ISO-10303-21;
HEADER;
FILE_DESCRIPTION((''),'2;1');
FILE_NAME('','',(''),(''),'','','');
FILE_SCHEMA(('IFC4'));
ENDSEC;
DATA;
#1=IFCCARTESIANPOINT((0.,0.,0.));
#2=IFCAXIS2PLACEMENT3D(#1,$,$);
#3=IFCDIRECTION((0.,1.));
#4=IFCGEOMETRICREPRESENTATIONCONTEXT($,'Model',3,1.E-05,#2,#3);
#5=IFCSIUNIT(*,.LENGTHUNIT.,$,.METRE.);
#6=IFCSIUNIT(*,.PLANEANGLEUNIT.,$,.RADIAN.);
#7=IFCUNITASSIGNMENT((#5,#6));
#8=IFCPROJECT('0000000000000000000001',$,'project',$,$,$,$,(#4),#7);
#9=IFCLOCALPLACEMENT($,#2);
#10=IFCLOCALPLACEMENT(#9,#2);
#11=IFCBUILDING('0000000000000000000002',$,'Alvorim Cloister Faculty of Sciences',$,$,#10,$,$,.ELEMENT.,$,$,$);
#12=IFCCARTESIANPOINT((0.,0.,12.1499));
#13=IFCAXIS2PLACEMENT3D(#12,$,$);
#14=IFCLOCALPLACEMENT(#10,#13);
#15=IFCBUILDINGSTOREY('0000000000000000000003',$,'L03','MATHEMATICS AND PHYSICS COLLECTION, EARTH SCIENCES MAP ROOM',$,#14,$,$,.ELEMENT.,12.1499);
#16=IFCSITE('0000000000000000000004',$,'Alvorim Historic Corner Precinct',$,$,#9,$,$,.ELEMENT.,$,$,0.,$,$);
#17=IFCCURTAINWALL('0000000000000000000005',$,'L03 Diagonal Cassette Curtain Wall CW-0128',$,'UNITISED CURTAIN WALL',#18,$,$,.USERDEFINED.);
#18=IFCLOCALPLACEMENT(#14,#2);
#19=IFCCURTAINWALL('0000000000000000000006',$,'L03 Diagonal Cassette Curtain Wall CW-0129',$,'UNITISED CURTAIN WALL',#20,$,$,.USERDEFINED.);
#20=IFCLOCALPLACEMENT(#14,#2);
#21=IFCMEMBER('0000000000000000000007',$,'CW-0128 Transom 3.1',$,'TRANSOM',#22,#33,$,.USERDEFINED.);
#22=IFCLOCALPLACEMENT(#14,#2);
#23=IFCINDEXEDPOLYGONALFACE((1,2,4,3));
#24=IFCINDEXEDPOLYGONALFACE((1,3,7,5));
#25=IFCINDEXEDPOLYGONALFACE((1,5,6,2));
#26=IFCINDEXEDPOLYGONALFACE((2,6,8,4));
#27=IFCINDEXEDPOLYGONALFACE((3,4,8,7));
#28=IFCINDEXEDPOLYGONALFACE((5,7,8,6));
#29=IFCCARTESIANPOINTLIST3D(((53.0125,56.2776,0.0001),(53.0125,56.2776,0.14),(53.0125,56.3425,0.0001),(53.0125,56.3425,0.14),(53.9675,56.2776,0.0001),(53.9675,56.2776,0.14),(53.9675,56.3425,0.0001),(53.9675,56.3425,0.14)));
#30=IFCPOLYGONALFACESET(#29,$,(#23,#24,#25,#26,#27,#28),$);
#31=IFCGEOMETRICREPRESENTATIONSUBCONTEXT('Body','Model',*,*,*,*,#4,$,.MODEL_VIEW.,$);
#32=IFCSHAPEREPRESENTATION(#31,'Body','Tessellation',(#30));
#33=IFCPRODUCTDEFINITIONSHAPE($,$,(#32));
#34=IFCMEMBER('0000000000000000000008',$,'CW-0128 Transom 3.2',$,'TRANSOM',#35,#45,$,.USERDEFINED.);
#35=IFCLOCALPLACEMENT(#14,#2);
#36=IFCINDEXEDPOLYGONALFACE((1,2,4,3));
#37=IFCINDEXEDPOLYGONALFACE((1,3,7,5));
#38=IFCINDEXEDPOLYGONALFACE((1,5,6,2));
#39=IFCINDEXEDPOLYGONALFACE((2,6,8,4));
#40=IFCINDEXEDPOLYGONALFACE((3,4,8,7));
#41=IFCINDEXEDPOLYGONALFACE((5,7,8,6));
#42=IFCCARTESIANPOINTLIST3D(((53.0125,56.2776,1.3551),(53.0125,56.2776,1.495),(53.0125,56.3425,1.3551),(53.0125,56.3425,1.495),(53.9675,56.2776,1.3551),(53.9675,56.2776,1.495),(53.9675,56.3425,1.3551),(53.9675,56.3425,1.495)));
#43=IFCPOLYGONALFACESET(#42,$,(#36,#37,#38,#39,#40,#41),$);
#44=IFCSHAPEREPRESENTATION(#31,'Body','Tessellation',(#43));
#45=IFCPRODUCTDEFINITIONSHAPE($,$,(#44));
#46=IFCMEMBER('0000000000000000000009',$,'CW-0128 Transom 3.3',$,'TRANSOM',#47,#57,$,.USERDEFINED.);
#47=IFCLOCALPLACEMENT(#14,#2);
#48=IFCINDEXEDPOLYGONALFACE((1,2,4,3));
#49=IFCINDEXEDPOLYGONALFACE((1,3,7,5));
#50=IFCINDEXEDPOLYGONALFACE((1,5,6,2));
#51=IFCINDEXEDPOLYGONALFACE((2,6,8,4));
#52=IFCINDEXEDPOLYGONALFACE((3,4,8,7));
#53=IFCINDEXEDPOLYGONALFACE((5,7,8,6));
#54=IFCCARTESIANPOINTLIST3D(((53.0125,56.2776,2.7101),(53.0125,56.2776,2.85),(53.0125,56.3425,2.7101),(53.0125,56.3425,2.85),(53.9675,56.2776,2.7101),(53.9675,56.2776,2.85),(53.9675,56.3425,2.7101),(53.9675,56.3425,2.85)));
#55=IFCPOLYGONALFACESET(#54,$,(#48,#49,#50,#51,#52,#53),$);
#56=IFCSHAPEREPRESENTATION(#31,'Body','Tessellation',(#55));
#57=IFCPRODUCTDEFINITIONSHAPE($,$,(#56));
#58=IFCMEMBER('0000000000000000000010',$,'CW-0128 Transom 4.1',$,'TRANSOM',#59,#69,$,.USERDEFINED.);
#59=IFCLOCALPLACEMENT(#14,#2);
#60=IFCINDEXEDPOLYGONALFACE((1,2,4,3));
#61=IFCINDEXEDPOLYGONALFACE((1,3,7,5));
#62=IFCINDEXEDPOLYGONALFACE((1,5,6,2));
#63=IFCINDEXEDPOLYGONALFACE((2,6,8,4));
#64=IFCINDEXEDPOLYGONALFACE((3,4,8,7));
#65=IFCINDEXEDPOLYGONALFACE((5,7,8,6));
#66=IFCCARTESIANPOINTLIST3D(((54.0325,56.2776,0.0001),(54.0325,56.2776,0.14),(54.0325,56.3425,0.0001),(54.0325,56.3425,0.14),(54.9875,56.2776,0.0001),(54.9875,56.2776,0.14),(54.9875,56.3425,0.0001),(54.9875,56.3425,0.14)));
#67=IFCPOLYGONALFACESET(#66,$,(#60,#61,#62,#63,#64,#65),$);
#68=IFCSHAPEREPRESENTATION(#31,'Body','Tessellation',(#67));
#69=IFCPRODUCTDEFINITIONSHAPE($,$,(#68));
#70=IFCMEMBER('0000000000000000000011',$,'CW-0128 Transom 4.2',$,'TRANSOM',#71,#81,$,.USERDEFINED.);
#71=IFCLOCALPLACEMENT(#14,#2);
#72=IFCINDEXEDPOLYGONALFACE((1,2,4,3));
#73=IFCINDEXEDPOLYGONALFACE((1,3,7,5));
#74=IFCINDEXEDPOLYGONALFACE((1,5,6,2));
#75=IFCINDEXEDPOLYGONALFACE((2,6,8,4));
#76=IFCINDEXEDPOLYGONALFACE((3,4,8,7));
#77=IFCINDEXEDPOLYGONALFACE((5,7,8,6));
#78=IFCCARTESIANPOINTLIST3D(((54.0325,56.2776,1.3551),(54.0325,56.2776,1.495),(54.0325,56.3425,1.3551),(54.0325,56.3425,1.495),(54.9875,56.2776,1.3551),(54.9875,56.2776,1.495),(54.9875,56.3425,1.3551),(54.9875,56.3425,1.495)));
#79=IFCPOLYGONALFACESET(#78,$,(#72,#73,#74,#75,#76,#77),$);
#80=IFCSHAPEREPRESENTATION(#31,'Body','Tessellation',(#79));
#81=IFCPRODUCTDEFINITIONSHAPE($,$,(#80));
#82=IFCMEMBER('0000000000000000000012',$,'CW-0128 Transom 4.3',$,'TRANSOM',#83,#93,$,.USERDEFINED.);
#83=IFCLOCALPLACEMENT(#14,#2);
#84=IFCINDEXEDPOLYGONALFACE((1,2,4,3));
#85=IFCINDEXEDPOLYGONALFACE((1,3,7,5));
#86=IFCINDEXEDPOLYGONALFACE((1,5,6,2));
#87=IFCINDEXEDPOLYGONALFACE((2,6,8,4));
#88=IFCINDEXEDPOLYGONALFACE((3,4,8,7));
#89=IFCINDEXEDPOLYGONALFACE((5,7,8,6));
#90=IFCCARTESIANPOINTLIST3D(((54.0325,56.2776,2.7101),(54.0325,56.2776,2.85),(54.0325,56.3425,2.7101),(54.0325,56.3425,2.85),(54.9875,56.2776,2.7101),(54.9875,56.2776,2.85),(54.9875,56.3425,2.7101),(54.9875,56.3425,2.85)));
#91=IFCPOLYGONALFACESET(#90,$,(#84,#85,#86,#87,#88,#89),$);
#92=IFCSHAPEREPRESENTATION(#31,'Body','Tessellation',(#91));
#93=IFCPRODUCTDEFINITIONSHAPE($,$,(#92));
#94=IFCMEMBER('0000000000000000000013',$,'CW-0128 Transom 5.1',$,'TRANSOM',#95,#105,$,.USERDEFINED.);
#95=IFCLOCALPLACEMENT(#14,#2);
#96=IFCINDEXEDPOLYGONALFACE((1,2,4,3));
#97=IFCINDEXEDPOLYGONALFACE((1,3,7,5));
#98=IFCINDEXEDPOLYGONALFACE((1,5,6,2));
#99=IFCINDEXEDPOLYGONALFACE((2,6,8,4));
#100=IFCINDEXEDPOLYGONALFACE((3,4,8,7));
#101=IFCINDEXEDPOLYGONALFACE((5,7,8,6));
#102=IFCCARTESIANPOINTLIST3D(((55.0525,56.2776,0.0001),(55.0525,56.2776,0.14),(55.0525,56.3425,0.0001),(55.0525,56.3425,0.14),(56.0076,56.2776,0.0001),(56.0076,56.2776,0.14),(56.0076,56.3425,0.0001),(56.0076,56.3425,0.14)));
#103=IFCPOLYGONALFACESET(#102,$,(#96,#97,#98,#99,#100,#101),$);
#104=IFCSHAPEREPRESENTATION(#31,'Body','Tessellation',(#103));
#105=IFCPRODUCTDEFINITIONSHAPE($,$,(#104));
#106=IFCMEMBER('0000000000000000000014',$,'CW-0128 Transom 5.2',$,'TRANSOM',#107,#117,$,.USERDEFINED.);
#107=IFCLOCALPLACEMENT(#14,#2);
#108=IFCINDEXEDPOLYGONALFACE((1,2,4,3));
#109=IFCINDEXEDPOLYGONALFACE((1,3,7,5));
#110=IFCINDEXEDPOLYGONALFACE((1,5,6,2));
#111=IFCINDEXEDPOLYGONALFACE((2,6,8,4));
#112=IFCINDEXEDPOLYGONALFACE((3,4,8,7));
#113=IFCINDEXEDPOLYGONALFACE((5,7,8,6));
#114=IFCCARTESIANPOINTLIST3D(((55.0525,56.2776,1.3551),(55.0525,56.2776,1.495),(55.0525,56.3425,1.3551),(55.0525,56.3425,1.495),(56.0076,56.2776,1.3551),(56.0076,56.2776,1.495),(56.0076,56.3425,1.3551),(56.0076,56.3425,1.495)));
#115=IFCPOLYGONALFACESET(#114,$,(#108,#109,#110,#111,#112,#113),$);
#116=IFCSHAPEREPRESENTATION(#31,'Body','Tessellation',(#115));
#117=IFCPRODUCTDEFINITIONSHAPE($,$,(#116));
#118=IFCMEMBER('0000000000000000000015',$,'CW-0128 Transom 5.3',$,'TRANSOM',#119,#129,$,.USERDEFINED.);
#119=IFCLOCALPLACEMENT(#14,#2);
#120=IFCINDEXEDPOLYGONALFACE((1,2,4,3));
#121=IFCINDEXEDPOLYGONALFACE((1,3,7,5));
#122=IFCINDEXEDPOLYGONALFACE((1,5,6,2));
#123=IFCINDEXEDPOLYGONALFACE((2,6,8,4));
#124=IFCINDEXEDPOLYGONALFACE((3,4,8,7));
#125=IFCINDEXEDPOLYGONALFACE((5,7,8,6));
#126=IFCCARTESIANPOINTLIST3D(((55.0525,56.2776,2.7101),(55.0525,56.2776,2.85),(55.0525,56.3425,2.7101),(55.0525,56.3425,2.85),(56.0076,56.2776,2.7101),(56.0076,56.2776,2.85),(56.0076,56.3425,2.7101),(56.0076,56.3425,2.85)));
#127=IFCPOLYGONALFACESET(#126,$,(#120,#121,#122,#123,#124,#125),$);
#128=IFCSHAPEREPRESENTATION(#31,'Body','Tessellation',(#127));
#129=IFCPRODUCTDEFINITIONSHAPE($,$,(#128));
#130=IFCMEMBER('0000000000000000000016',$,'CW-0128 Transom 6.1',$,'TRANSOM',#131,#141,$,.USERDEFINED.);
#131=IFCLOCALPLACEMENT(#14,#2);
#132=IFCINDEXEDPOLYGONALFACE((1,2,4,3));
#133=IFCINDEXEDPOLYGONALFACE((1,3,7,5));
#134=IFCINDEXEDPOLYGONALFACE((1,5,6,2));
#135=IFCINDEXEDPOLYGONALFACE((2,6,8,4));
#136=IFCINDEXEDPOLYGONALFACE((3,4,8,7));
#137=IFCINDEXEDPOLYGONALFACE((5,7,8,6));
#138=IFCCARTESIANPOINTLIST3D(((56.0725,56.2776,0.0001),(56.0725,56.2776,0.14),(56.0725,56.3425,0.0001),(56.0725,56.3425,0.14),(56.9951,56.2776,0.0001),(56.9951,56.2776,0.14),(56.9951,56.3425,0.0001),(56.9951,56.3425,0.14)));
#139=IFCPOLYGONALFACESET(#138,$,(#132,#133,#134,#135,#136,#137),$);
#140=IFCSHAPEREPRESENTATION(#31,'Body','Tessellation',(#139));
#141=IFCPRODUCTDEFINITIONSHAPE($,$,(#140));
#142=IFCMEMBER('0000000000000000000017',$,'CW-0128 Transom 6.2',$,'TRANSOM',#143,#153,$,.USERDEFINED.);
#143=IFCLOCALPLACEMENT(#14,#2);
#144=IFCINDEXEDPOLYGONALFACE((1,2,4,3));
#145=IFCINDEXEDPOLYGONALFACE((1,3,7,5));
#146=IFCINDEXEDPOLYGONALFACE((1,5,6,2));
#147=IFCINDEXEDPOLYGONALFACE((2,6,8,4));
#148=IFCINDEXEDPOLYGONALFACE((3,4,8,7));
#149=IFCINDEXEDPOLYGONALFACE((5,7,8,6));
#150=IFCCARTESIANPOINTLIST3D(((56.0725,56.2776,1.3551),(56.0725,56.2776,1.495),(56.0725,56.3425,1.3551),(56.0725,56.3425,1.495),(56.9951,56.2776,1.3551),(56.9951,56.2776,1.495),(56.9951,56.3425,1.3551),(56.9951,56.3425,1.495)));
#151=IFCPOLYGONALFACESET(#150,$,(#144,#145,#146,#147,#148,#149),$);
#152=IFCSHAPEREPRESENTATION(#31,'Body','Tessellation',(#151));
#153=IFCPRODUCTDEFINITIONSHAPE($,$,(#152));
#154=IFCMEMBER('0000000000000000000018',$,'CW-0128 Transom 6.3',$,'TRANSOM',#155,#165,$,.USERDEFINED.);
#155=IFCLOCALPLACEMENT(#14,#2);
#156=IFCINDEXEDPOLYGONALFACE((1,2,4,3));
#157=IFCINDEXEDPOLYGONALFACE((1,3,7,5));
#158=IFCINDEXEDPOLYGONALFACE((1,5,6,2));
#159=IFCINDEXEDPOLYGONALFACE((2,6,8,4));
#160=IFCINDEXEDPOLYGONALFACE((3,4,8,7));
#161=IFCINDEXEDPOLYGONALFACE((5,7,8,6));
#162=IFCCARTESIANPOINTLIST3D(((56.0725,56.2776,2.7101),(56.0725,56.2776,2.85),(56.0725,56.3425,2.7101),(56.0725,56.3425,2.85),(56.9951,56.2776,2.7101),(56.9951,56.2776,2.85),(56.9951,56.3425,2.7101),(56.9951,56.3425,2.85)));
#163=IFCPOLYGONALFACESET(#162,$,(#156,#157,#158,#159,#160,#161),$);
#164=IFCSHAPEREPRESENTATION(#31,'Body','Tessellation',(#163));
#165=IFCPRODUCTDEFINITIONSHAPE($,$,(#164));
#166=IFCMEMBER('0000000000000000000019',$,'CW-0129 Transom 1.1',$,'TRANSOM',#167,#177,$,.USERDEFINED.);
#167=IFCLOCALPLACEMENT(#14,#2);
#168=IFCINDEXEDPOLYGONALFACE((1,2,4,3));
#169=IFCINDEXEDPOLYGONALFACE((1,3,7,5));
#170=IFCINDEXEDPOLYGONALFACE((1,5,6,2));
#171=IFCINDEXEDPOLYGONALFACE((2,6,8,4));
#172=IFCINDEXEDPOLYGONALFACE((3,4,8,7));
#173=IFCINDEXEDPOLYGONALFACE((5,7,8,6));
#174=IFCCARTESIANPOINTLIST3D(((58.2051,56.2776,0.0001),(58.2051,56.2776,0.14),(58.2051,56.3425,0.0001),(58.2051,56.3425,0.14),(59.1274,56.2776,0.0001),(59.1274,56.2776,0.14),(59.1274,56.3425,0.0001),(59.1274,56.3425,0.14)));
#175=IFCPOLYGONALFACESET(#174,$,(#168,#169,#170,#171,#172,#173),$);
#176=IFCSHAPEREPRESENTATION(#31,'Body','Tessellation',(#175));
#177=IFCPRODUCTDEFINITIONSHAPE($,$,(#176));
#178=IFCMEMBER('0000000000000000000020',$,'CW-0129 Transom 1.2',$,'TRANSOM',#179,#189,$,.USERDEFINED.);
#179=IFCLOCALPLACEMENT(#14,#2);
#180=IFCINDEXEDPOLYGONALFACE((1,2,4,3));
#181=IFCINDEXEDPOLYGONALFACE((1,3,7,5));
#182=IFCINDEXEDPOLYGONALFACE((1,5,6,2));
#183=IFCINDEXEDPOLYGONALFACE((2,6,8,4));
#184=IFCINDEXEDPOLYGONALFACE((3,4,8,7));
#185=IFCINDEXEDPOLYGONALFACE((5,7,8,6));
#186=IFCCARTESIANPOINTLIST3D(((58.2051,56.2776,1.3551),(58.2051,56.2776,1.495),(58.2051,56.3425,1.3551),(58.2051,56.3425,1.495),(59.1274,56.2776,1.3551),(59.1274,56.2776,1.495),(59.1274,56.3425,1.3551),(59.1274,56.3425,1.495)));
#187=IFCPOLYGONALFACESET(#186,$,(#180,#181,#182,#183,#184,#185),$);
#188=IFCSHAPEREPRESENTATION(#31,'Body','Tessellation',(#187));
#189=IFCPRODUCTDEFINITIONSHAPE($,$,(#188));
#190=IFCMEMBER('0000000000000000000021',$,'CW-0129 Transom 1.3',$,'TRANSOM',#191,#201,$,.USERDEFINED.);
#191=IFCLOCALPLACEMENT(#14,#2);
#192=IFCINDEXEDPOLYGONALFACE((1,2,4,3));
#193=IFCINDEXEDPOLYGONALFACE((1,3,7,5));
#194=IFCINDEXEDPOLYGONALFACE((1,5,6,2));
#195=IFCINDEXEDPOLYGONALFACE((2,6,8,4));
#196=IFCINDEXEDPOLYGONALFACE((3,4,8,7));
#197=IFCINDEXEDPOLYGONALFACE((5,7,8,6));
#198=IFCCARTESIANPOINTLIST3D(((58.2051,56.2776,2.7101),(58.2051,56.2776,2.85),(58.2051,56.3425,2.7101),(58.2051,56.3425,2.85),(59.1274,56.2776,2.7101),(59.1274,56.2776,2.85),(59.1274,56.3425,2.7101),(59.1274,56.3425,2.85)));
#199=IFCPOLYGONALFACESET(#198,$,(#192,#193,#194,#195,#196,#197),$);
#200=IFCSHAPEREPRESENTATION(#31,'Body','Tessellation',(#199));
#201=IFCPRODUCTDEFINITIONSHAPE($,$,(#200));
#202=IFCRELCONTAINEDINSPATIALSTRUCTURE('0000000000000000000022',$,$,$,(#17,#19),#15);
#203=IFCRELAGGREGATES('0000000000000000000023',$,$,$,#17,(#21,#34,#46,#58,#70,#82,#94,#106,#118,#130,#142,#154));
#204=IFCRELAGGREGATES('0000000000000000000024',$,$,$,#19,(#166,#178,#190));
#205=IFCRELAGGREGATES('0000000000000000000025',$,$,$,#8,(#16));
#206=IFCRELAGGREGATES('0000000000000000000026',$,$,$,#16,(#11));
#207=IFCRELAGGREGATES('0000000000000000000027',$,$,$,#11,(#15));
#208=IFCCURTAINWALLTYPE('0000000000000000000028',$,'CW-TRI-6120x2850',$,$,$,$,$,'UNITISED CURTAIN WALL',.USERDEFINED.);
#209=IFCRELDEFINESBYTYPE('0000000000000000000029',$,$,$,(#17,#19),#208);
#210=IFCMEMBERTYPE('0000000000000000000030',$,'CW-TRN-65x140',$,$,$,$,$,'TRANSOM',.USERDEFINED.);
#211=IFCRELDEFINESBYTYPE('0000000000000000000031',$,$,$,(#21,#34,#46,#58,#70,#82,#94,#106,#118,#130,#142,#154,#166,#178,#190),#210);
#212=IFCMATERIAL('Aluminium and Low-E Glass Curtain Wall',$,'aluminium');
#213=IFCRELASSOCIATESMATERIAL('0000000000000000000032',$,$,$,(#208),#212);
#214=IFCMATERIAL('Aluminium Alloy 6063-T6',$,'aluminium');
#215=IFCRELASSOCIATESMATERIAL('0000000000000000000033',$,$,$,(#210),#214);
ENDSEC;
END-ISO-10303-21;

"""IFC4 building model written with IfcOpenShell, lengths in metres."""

from ifc_helpers import new_model, si_unit, direction, frame, origin, origin_2d, place, context, subcontext, project, spatial, rectangle, extrude, material, material_profile, profile_set, type_object, element, aggregate, save


model = new_model("IFC4")

# Units and contexts
model_context = context("Model", 3, precision=1e-05, world=origin(), true_north=direction((0.0, 1.0)))
body_context = subcontext(model_context, "Body", "Model", "MODEL_VIEW")
ifc_project = project(units=[si_unit("LENGTHUNIT", "METRE"), si_unit("PLANEANGLEUNIT", "RADIAN")], contexts=[model_context])

# Site, building, storey
site_placement = place(None, origin())
site = spatial("IfcSite", under=ifc_project, at=site_placement, Name="Alvorim Historic Corner Precinct", CompositionType="ELEMENT", RefElevation=0.0)
building_placement = place(site_placement, origin())
building = spatial("IfcBuilding", under=site, at=building_placement, Name="Alvorim Cloister Faculty of Sciences", CompositionType="ELEMENT")
storey_placement = place(building_placement, frame((0.0, 0.0, 12.1499)))
storey = spatial("IfcBuildingStorey", under=building, at=storey_placement, Name="L03", Description="MATHEMATICS AND PHYSICS COLLECTION, EARTH SCIENCES MAP ROOM", CompositionType="ELEMENT", Elevation=12.1499)

# Curtain walls
ifc_material_1 = material(Name="Aluminium and Low-E Glass Curtain Wall", Category="aluminium")
curtain_wall_type = type_object("IfcCurtainWallType", Name="CW-TRI-6120x2850", ElementType="UNITISED CURTAIN WALL", PredefinedType="USERDEFINED", material=ifc_material_1)
curtain_wall_1_placement = place(storey_placement, origin())
curtain_wall_1 = element("IfcCurtainWall", 1, at=curtain_wall_1_placement, inside=storey, type_object=curtain_wall_type, Name="L03 Diagonal Cassette Curtain Wall CW-0128", ObjectType="UNITISED CURTAIN WALL", PredefinedType="USERDEFINED")
ifc_material_2 = material(Name="Aluminium Alloy 6063-T6", Category="aluminium")
curtain_wall_2_placement = place(storey_placement, origin())
curtain_wall_2 = element("IfcCurtainWall", 2, at=curtain_wall_2_placement, inside=storey, type_object=curtain_wall_type, Name="L03 Diagonal Cassette Curtain Wall CW-0129", ObjectType="UNITISED CURTAIN WALL", PredefinedType="USERDEFINED")

# Members
ifc_material_profile_1 = material_profile(ifc_material_2, rectangle(XDim=0.0649, YDim=0.1399, at=origin_2d()), Name="ALU-TRN-65x140")
ifc_profile_set_1 = profile_set([ifc_material_profile_1], Name="Aluminium Alloy 6063-T6")
member_type_1 = type_object("IfcMemberType", Name="CW-TRN-65x140", ElementType="TRANSOM", PredefinedType="USERDEFINED", material=ifc_profile_set_1)
member_1_placement = place(storey_placement, frame((53.0125, 56.3101, 0.0701), z_axis=(1.0, 0.0, 0.0), x_axis=(0.0, 1.0, 0.0)))
member_1 = element("IfcMember", 3, at=member_1_placement, type_object=member_type_1, Name="CW-0128 Transom 3.1", ObjectType="TRANSOM", PredefinedType="USERDEFINED", context=body_context, shape_type="SweptSolid", body=[
    extrude(rectangle(XDim=0.0649, YDim=0.1399, at=origin_2d()), origin(), (0.0, 0.0, 1.0), 0.9551),
])
member_2_placement = place(storey_placement, frame((53.0125, 56.3101, 1.425), z_axis=(1.0, 0.0, 0.0), x_axis=(0.0, 1.0, 0.0)))
member_2 = element("IfcMember", 4, at=member_2_placement, type_object=member_type_1, Name="CW-0128 Transom 3.2", ObjectType="TRANSOM", PredefinedType="USERDEFINED", context=body_context, shape_type="SweptSolid", body=[
    extrude(rectangle(XDim=0.0649, YDim=0.1399, at=origin_2d()), origin(), (0.0, 0.0, 1.0), 0.9551),
])
member_3_placement = place(storey_placement, frame((53.0125, 56.3101, 2.78), z_axis=(1.0, 0.0, 0.0), x_axis=(0.0, 1.0, 0.0)))
member_3 = element("IfcMember", 5, at=member_3_placement, type_object=member_type_1, Name="CW-0128 Transom 3.3", ObjectType="TRANSOM", PredefinedType="USERDEFINED", context=body_context, shape_type="SweptSolid", body=[
    extrude(rectangle(XDim=0.0649, YDim=0.1399, at=origin_2d()), origin(), (0.0, 0.0, 1.0), 0.9551),
])
member_4_placement = place(storey_placement, frame((54.0325, 56.3101, 0.0701), z_axis=(1.0, 0.0, 0.0), x_axis=(0.0, 1.0, 0.0)))
member_4 = element("IfcMember", 6, at=member_4_placement, type_object=member_type_1, Name="CW-0128 Transom 4.1", ObjectType="TRANSOM", PredefinedType="USERDEFINED", context=body_context, shape_type="SweptSolid", body=[
    extrude(rectangle(XDim=0.0649, YDim=0.1399, at=origin_2d()), origin(), (0.0, 0.0, 1.0), 0.9551),
])
member_5_placement = place(storey_placement, frame((54.0325, 56.3101, 1.425), z_axis=(1.0, 0.0, 0.0), x_axis=(0.0, 1.0, 0.0)))
member_5 = element("IfcMember", 7, at=member_5_placement, type_object=member_type_1, Name="CW-0128 Transom 4.2", ObjectType="TRANSOM", PredefinedType="USERDEFINED", context=body_context, shape_type="SweptSolid", body=[
    extrude(rectangle(XDim=0.0649, YDim=0.1399, at=origin_2d()), origin(), (0.0, 0.0, 1.0), 0.9551),
])
member_6_placement = place(storey_placement, frame((54.0325, 56.3101, 2.78), z_axis=(1.0, 0.0, 0.0), x_axis=(0.0, 1.0, 0.0)))
member_6 = element("IfcMember", 8, at=member_6_placement, type_object=member_type_1, Name="CW-0128 Transom 4.3", ObjectType="TRANSOM", PredefinedType="USERDEFINED", context=body_context, shape_type="SweptSolid", body=[
    extrude(rectangle(XDim=0.0649, YDim=0.1399, at=origin_2d()), origin(), (0.0, 0.0, 1.0), 0.9551),
])
member_7_placement = place(storey_placement, frame((55.0525, 56.3101, 0.0701), z_axis=(1.0, 0.0, 0.0), x_axis=(0.0, 1.0, 0.0)))
member_7 = element("IfcMember", 9, at=member_7_placement, type_object=member_type_1, Name="CW-0128 Transom 5.1", ObjectType="TRANSOM", PredefinedType="USERDEFINED", context=body_context, shape_type="SweptSolid", body=[
    extrude(rectangle(XDim=0.0649, YDim=0.1399, at=origin_2d()), origin(), (0.0, 0.0, 1.0), 0.9551),
])
member_8_placement = place(storey_placement, frame((55.0525, 56.3101, 1.425), z_axis=(1.0, 0.0, 0.0), x_axis=(0.0, 1.0, 0.0)))
member_8 = element("IfcMember", 10, at=member_8_placement, type_object=member_type_1, Name="CW-0128 Transom 5.2", ObjectType="TRANSOM", PredefinedType="USERDEFINED", context=body_context, shape_type="SweptSolid", body=[
    extrude(rectangle(XDim=0.0649, YDim=0.1399, at=origin_2d()), origin(), (0.0, 0.0, 1.0), 0.9551),
])
member_9_placement = place(storey_placement, frame((55.0525, 56.3101, 2.78), z_axis=(1.0, 0.0, 0.0), x_axis=(0.0, 1.0, 0.0)))
member_9 = element("IfcMember", 11, at=member_9_placement, type_object=member_type_1, Name="CW-0128 Transom 5.3", ObjectType="TRANSOM", PredefinedType="USERDEFINED", context=body_context, shape_type="SweptSolid", body=[
    extrude(rectangle(XDim=0.0649, YDim=0.1399, at=origin_2d()), origin(), (0.0, 0.0, 1.0), 0.9551),
])
member_10_placement = place(storey_placement, frame((56.0725, 56.3101, 0.0701), z_axis=(1.0, 0.0, 0.0), x_axis=(0.0, 1.0, 0.0)))
member_10 = element("IfcMember", 12, at=member_10_placement, type_object=member_type_1, Name="CW-0128 Transom 6.1", ObjectType="TRANSOM", PredefinedType="USERDEFINED", context=body_context, shape_type="SweptSolid", body=[
    extrude(rectangle(XDim=0.0649, YDim=0.1399, at=origin_2d()), origin(), (0.0, 0.0, 1.0), 0.9226),
])
member_11_placement = place(storey_placement, frame((56.0725, 56.3101, 1.425), z_axis=(1.0, 0.0, 0.0), x_axis=(0.0, 1.0, 0.0)))
member_11 = element("IfcMember", 13, at=member_11_placement, type_object=member_type_1, Name="CW-0128 Transom 6.2", ObjectType="TRANSOM", PredefinedType="USERDEFINED", context=body_context, shape_type="SweptSolid", body=[
    extrude(rectangle(XDim=0.0649, YDim=0.1399, at=origin_2d()), origin(), (0.0, 0.0, 1.0), 0.9226),
])
member_12_placement = place(storey_placement, frame((56.0725, 56.3101, 2.78), z_axis=(1.0, 0.0, 0.0), x_axis=(0.0, 1.0, 0.0)))
member_12 = element("IfcMember", 14, at=member_12_placement, type_object=member_type_1, Name="CW-0128 Transom 6.3", ObjectType="TRANSOM", PredefinedType="USERDEFINED", context=body_context, shape_type="SweptSolid", body=[
    extrude(rectangle(XDim=0.0649, YDim=0.1399, at=origin_2d()), origin(), (0.0, 0.0, 1.0), 0.9226),
])
aggregate(curtain_wall_1, [member_1, member_2, member_3, member_4, member_5, member_6, member_7, member_8, member_9, member_10, member_11, member_12])
member_13_placement = place(storey_placement, frame((58.2051, 56.3101, 0.0701), z_axis=(1.0, 0.0, 0.0), x_axis=(0.0, 1.0, 0.0)))
member_13 = element("IfcMember", 15, at=member_13_placement, type_object=member_type_1, Name="CW-0129 Transom 1.1", ObjectType="TRANSOM", PredefinedType="USERDEFINED", context=body_context, shape_type="SweptSolid", body=[
    extrude(rectangle(XDim=0.0649, YDim=0.1399, at=origin_2d()), origin(), (0.0, 0.0, 1.0), 0.9224),
])
member_14_placement = place(storey_placement, frame((58.2051, 56.3101, 1.425), z_axis=(1.0, 0.0, 0.0), x_axis=(0.0, 1.0, 0.0)))
member_14 = element("IfcMember", 16, at=member_14_placement, type_object=member_type_1, Name="CW-0129 Transom 1.2", ObjectType="TRANSOM", PredefinedType="USERDEFINED", context=body_context, shape_type="SweptSolid", body=[
    extrude(rectangle(XDim=0.0649, YDim=0.1399, at=origin_2d()), origin(), (0.0, 0.0, 1.0), 0.9224),
])
member_15_placement = place(storey_placement, frame((58.2051, 56.3101, 2.78), z_axis=(1.0, 0.0, 0.0), x_axis=(0.0, 1.0, 0.0)))
member_15 = element("IfcMember", 17, at=member_15_placement, type_object=member_type_1, Name="CW-0129 Transom 1.3", ObjectType="TRANSOM", PredefinedType="USERDEFINED", context=body_context, shape_type="SweptSolid", body=[
    extrude(rectangle(XDim=0.0649, YDim=0.1399, at=origin_2d()), origin(), (0.0, 0.0, 1.0), 0.9224),
])
aggregate(curtain_wall_2, [member_13, member_14, member_15])

save(model, "model.ifc")
